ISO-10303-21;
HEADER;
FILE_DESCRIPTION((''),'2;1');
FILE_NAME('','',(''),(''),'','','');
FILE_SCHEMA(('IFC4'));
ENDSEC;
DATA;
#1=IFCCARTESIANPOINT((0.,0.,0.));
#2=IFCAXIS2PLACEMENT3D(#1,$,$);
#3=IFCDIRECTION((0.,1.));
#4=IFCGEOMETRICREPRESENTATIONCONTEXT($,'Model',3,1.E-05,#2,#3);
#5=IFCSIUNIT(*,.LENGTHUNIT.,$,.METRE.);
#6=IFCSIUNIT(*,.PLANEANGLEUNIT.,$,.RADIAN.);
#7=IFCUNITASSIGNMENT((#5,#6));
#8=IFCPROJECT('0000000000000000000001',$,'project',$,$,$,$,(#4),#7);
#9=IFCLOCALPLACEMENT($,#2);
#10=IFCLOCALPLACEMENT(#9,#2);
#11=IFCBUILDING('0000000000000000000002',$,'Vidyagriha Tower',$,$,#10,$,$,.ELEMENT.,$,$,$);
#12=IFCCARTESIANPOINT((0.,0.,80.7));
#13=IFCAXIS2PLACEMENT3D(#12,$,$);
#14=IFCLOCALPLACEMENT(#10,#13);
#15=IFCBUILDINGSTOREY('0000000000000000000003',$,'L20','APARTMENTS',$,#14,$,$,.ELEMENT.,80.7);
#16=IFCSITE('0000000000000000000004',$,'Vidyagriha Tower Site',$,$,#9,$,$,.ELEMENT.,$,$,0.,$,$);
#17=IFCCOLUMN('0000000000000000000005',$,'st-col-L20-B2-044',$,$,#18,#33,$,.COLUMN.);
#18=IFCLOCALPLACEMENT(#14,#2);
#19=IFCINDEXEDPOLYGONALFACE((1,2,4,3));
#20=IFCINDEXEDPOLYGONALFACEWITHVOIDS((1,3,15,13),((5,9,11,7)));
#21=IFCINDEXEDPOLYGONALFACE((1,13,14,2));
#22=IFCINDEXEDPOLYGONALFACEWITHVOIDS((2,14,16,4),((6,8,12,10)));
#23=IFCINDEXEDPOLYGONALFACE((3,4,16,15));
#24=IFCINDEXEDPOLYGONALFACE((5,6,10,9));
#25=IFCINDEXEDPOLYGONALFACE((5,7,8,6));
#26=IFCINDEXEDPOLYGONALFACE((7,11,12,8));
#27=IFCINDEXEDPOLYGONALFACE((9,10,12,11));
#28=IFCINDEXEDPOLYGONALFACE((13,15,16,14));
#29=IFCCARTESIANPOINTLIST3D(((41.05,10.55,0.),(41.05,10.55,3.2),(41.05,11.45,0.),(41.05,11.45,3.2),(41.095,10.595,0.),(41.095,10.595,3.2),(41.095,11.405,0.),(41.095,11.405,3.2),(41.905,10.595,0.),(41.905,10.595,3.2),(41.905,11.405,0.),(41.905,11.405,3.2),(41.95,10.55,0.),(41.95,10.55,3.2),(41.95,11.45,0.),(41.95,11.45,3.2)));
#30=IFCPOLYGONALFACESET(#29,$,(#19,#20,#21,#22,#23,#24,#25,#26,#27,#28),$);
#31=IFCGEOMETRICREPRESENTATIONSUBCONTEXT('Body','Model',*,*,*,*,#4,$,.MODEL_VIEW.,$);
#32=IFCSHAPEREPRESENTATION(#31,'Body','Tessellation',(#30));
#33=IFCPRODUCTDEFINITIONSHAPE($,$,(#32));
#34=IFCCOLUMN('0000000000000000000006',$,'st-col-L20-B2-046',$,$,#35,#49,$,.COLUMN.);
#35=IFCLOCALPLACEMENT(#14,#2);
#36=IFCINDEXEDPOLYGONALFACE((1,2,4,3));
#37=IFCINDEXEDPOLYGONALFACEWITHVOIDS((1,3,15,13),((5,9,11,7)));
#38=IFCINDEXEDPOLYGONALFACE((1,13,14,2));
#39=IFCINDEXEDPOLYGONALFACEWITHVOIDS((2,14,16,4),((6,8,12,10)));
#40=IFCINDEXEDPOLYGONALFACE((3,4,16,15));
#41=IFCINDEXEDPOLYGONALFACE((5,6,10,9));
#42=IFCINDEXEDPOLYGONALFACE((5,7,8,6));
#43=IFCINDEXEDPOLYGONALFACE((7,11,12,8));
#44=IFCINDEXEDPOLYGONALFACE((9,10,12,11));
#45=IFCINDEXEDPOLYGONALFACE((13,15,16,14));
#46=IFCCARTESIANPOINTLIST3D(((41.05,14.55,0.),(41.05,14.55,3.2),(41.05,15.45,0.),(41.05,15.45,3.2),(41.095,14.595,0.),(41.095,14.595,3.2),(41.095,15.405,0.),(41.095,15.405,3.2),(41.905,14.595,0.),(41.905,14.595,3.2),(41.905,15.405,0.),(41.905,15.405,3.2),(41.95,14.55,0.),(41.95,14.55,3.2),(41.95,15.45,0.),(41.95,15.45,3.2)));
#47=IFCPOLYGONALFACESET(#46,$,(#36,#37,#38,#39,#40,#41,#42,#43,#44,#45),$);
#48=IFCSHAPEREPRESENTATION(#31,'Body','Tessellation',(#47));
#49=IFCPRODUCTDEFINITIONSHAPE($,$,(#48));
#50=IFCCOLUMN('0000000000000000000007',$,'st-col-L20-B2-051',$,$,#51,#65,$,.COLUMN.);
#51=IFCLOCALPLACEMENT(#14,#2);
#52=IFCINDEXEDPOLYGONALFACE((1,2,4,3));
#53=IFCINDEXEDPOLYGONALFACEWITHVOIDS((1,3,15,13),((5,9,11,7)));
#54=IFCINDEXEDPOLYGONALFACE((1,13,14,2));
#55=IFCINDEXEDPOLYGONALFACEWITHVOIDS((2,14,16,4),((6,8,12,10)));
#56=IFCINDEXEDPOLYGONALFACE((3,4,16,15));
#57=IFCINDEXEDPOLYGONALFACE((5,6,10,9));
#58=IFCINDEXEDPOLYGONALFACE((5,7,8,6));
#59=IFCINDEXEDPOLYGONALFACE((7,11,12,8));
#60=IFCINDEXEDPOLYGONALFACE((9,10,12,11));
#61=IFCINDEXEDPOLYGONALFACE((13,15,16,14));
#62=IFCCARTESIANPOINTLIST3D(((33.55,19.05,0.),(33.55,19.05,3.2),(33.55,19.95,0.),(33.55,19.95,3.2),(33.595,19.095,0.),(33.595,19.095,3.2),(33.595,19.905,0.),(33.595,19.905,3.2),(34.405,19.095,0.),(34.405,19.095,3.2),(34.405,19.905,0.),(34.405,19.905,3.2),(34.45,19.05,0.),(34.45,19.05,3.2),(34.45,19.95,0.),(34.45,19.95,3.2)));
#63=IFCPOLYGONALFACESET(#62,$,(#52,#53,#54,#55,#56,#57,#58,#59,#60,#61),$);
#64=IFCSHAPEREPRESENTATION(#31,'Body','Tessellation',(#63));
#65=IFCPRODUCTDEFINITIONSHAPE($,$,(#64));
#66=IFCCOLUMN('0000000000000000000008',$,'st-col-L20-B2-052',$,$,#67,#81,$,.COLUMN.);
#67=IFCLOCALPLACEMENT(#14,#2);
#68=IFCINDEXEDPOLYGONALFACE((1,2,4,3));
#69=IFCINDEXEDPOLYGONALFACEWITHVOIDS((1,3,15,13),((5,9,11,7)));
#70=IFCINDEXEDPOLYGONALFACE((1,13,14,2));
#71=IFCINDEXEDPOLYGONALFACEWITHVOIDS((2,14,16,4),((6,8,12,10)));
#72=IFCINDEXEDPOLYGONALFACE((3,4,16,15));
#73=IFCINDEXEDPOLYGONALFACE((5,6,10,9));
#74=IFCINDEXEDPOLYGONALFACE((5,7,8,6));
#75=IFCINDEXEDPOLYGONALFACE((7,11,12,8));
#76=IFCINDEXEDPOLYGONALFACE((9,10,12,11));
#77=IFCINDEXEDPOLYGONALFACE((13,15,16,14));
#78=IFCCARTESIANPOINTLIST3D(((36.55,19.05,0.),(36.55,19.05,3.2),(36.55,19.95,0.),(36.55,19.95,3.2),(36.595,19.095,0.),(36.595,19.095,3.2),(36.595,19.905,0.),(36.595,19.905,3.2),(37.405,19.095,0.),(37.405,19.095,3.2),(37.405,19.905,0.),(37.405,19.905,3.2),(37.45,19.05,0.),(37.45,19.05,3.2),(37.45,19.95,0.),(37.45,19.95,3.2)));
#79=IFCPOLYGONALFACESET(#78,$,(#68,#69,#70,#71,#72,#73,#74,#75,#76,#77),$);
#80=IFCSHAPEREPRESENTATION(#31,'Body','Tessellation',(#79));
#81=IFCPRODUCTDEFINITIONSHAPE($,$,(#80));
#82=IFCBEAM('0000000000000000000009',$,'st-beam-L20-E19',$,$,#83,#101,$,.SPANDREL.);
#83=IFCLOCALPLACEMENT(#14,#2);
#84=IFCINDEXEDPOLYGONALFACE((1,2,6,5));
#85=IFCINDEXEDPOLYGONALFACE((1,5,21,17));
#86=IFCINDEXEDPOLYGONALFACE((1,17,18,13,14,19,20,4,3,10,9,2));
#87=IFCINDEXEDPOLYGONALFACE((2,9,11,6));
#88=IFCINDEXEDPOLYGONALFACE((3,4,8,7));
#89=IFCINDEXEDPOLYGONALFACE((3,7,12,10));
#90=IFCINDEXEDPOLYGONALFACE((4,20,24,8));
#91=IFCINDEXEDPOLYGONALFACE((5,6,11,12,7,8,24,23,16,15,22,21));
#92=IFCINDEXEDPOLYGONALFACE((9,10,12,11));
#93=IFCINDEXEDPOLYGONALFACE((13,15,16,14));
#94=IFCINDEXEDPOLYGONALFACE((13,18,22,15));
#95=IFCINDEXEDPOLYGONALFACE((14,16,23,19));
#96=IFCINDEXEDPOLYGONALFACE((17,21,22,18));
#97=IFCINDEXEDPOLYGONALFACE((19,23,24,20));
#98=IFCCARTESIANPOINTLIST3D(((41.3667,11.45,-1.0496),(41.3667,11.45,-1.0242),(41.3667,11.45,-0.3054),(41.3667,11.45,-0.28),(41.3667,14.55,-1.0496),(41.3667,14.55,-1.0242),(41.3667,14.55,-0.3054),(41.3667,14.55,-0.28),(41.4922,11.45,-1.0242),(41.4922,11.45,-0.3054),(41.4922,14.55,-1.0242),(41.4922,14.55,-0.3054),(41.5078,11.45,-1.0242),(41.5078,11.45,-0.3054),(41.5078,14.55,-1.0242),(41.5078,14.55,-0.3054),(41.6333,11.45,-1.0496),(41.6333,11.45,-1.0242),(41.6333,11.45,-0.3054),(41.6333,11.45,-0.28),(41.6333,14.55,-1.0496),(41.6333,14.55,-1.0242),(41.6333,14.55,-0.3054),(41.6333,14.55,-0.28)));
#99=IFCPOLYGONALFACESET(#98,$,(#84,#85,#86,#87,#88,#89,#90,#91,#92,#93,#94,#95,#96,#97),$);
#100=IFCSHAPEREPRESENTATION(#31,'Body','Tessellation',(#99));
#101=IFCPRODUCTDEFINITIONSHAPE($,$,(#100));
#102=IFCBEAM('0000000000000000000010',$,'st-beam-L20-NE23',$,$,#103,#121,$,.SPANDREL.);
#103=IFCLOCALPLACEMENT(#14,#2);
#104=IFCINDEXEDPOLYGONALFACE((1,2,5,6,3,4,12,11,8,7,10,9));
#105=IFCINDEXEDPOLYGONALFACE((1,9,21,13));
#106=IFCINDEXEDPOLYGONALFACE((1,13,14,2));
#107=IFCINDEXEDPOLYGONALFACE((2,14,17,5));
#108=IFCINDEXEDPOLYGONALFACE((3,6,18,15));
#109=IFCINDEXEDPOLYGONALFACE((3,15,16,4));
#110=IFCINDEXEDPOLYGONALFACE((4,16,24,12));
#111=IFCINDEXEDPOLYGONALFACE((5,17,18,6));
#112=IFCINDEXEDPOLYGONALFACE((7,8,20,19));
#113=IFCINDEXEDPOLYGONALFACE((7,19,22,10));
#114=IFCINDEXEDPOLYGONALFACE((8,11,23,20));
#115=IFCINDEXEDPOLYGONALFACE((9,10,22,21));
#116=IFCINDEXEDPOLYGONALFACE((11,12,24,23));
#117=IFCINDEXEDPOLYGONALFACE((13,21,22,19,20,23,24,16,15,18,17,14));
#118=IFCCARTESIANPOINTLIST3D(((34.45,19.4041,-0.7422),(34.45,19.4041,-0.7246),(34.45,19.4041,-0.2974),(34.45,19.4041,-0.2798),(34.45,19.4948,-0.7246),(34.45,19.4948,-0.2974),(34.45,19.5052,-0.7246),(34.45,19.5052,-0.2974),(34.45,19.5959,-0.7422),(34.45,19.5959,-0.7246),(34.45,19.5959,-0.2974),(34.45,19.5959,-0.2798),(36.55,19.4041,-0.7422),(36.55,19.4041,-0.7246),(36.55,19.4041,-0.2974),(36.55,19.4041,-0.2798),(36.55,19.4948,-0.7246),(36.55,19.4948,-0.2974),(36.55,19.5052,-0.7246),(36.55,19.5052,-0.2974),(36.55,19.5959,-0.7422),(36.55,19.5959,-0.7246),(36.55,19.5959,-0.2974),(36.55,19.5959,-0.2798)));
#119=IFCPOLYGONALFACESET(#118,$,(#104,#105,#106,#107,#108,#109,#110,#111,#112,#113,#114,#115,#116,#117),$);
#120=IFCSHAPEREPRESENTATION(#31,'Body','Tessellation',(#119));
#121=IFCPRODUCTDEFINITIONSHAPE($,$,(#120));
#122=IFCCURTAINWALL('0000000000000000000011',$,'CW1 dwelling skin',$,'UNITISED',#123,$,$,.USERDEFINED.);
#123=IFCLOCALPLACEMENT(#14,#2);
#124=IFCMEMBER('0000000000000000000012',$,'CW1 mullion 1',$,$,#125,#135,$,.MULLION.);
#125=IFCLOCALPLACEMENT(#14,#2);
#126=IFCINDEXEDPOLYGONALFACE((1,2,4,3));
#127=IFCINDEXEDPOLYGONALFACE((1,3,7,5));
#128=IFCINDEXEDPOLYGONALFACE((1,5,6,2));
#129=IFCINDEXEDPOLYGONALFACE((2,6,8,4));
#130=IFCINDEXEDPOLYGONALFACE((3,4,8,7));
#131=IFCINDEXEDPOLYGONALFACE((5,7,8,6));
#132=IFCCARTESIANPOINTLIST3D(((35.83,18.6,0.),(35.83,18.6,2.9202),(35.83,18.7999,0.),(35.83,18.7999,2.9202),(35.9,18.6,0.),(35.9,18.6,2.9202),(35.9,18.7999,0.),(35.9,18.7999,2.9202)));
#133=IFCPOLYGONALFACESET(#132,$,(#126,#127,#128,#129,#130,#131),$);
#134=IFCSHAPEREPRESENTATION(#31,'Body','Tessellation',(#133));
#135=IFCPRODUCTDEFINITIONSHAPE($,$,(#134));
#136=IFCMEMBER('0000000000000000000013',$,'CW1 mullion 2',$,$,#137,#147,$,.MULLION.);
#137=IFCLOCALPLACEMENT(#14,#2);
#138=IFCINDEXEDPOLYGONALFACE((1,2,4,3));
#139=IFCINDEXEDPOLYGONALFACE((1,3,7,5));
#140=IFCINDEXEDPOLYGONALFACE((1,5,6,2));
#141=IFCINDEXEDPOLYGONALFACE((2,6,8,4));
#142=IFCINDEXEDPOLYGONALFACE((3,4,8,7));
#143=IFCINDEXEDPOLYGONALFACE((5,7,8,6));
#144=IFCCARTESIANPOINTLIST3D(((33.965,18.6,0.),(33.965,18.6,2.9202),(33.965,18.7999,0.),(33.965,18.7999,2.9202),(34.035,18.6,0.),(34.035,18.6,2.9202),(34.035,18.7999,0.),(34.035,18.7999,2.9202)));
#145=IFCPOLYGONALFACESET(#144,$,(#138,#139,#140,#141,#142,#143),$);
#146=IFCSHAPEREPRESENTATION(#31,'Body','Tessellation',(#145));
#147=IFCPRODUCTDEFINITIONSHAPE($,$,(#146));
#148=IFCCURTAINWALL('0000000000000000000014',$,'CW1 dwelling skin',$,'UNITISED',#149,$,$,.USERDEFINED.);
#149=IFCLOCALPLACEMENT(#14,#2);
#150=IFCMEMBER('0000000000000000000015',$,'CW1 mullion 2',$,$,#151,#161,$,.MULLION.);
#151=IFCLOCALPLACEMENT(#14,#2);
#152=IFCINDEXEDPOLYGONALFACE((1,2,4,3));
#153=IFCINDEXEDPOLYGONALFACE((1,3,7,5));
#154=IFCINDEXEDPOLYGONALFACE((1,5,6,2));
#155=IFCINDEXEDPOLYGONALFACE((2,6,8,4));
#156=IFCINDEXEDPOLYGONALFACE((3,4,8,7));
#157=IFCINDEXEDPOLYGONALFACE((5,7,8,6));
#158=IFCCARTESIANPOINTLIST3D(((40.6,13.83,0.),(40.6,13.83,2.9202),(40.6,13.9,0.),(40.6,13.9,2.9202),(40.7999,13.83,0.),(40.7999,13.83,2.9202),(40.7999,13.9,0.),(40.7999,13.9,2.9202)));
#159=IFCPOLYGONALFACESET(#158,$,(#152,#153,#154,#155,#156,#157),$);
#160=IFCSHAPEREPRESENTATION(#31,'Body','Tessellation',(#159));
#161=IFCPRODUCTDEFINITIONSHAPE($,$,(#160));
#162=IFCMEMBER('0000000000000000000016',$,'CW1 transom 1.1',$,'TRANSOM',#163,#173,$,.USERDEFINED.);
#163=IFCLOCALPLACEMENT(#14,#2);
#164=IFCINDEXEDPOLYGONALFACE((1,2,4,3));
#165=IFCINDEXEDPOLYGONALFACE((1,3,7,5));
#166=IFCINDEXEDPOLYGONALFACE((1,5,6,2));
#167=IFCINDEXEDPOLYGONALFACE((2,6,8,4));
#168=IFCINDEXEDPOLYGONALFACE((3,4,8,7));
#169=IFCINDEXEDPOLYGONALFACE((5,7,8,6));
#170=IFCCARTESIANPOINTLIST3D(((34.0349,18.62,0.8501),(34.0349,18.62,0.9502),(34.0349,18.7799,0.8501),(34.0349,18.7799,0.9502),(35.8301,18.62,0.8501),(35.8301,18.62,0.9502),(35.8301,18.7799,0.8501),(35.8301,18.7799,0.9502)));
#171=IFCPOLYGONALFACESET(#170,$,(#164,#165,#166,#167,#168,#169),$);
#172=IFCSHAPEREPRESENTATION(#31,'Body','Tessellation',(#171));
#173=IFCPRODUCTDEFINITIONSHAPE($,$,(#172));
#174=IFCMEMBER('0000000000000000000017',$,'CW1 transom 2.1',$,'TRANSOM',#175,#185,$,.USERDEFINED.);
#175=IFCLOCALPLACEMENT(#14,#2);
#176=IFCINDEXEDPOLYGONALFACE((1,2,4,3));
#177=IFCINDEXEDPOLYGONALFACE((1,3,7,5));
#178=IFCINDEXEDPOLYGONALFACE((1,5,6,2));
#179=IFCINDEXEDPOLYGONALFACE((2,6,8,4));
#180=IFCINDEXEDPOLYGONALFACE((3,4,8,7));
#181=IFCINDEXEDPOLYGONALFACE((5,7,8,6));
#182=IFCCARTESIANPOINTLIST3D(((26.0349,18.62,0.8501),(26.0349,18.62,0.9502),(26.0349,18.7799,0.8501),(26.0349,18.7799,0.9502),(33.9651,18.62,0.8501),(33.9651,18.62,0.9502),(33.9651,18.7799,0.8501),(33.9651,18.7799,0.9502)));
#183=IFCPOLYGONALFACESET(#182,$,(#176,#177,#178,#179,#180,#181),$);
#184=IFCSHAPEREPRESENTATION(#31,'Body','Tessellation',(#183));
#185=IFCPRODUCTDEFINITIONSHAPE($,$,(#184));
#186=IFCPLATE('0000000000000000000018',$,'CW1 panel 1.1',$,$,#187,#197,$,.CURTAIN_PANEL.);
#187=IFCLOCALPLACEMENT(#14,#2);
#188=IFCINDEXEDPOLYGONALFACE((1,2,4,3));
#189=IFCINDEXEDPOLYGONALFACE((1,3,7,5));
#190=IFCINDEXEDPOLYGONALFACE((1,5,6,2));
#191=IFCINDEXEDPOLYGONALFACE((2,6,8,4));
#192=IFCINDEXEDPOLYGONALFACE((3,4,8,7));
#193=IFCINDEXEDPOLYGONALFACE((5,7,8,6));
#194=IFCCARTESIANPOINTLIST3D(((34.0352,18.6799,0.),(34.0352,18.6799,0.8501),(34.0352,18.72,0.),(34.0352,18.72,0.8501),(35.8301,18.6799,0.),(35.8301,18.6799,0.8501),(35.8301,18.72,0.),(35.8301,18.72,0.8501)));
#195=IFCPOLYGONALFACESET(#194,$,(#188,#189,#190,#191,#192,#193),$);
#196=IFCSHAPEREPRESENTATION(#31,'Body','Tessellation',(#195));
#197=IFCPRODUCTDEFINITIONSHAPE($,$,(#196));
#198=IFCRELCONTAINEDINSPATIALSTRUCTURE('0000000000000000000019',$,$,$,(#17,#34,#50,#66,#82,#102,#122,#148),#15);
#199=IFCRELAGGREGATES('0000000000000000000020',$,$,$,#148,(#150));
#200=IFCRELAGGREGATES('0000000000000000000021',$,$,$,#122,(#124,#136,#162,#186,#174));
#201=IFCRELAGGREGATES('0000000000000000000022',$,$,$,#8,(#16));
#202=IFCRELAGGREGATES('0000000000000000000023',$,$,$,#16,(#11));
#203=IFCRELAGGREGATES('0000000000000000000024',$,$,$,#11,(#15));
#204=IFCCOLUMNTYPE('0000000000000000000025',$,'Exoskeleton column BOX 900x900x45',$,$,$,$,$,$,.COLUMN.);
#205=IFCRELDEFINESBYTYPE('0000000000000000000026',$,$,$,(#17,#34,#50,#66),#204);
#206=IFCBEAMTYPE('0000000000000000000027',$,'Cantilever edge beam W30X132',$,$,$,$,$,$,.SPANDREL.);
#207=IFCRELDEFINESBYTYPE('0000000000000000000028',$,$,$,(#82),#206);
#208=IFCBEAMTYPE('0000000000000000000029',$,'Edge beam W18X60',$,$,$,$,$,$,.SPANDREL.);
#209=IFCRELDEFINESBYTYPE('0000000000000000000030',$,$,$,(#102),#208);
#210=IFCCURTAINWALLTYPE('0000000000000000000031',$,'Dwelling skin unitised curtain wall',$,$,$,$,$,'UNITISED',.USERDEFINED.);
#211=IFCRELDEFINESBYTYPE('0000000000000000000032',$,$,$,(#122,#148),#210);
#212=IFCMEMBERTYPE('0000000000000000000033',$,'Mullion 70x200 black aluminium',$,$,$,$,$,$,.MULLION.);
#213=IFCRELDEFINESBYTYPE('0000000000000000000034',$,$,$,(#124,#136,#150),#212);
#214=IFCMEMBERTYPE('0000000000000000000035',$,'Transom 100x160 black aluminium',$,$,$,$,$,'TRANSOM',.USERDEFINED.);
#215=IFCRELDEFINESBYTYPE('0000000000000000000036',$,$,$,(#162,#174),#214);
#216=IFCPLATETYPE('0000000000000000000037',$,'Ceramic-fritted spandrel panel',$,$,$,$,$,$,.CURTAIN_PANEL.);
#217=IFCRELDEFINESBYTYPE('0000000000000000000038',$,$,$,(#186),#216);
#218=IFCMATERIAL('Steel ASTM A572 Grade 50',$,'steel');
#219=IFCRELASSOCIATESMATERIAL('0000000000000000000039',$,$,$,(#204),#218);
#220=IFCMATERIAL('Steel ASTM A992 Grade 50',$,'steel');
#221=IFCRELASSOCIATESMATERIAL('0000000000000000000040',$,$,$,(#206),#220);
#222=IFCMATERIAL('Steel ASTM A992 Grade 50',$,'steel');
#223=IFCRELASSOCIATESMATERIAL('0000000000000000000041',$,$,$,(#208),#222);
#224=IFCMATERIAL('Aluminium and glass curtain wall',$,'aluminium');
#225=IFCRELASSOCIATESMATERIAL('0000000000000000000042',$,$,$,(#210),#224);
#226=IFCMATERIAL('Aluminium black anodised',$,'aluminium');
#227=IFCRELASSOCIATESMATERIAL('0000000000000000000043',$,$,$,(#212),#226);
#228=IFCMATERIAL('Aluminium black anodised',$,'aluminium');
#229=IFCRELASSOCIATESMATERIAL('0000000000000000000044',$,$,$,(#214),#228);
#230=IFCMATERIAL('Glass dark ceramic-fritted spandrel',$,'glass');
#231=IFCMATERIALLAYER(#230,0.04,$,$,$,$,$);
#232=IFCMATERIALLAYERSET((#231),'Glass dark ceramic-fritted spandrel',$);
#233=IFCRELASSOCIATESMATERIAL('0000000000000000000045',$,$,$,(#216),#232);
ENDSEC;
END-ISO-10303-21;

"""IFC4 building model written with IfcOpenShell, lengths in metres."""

from ifc_helpers import new_model, si_unit, direction, frame, origin, origin_2d, place, context, subcontext, project, spatial, rectangle, hollow_rectangle, i_section, extrude, material, layer, layer_set, material_profile, profile_set, type_object, element, aggregate, save


model = new_model("IFC4")

# Units and contexts
model_context = context("Model", 3, precision=1e-05, world=origin(), true_north=direction((0.0, 1.0)))
body_context = subcontext(model_context, "Body", "Model", "MODEL_VIEW")
ifc_project = project(units=[si_unit("LENGTHUNIT", "METRE"), si_unit("PLANEANGLEUNIT", "RADIAN")], contexts=[model_context])

# Site, building, storey
site_placement = place(None, origin())
site = spatial("IfcSite", under=ifc_project, at=site_placement, Name="Vidyagriha Tower Site", CompositionType="ELEMENT", RefElevation=0.0)
building_placement = place(site_placement, origin())
building = spatial("IfcBuilding", under=site, at=building_placement, Name="Vidyagriha Tower", CompositionType="ELEMENT")
storey_placement = place(building_placement, frame((0.0, 0.0, 80.7)))
storey = spatial("IfcBuildingStorey", under=building, at=storey_placement, Name="L20", Description="APARTMENTS", CompositionType="ELEMENT", Elevation=80.7)

# Columns
ifc_material_1 = material(Name="Steel ASTM A572 Grade 50", Category="steel")
ifc_material_profile_1 = material_profile(ifc_material_1, hollow_rectangle(XDim=0.8999, YDim=0.8999, WallThickness=0.0449, at=origin_2d()), Name="BOX 900x900x45")
ifc_profile_set_1 = profile_set([ifc_material_profile_1], Name="Steel ASTM A572 Grade 50")
column_type = type_object("IfcColumnType", Name="Exoskeleton column BOX 900x900x45", PredefinedType="COLUMN", material=ifc_profile_set_1)
for number, where, name in (
    (1, (41.5, 11.0, 0.0), "st-col-L20-B2-044"),
    (2, (41.5, 15.0, 0.0), "st-col-L20-B2-046"),
    (3, (34.0, 19.5, 0.0), "st-col-L20-B2-051"),
    (4, (37.0, 19.5, 0.0), "st-col-L20-B2-052"),
):
    element("IfcColumn", number, at=place(storey_placement, frame(where)), inside=storey, type_object=column_type, Name=name, PredefinedType="COLUMN", context=body_context, shape_type="SweptSolid", body=[
        extrude(hollow_rectangle(XDim=0.8999, YDim=0.8999, WallThickness=0.0449, at=origin_2d()), origin(), (0.0, 0.0, 1.0), 3.2),
    ])

# Beams
ifc_material_2 = material(Name="Steel ASTM A992 Grade 50", Category="steel")
ifc_material_profile_2 = material_profile(ifc_material_2, i_section(OverallWidth=0.2666, OverallDepth=0.7695, WebThickness=0.0156, FlangeThickness=0.0254, at=origin_2d()), Name="W30X132")
ifc_profile_set_2 = profile_set([ifc_material_profile_2], Name="Steel ASTM A992 Grade 50")
beam_type_1 = type_object("IfcBeamType", Name="Cantilever edge beam W30X132", PredefinedType="SPANDREL", material=ifc_profile_set_2)
beam_1_placement = place(storey_placement, frame((41.5, 11.45, -0.6648), z_axis=(0.0, 1.0, 0.0), x_axis=(-1.0, 0.0, 0.0)))
element("IfcBeam", 5, at=beam_1_placement, inside=storey, type_object=beam_type_1, Name="st-beam-L20-E19", PredefinedType="SPANDREL", context=body_context, shape_type="SweptSolid", body=[
    extrude(i_section(OverallWidth=0.2666, OverallDepth=0.7695, WebThickness=0.0156, FlangeThickness=0.0254, at=origin_2d()), origin(), (0.0, 0.0, 1.0), 3.1001),
])
ifc_material_3 = material(Name="Steel ASTM A992 Grade 50", Category="steel")
ifc_material_profile_3 = material_profile(ifc_material_3, i_section(OverallWidth=0.1919, OverallDepth=0.4624, WebThickness=0.0105, FlangeThickness=0.0176, at=origin_2d()), Name="W18X60")
ifc_profile_set_3 = profile_set([ifc_material_profile_3], Name="Steel ASTM A992 Grade 50")
beam_type_2 = type_object("IfcBeamType", Name="Edge beam W18X60", PredefinedType="SPANDREL", material=ifc_profile_set_3)
beam_2_placement = place(storey_placement, frame((34.45, 19.5, -0.511), z_axis=(1.0, 0.0, 0.0), x_axis=(0.0, 1.0, 0.0)))
element("IfcBeam", 6, at=beam_2_placement, inside=storey, type_object=beam_type_2, Name="st-beam-L20-NE23", PredefinedType="SPANDREL", context=body_context, shape_type="SweptSolid", body=[
    extrude(i_section(OverallWidth=0.1919, OverallDepth=0.4624, WebThickness=0.0105, FlangeThickness=0.0176, at=origin_2d()), origin(), (0.0, 0.0, 1.0), 2.1001),
])

# Curtain wall, members
ifc_material_4 = material(Name="Aluminium and glass curtain wall", Category="aluminium")
curtain_wall_type = type_object("IfcCurtainWallType", Name="Dwelling skin unitised curtain wall", ElementType="UNITISED", PredefinedType="USERDEFINED", material=ifc_material_4)
curtain_wall_1_placement = place(storey_placement, origin())
curtain_wall_1 = element("IfcCurtainWall", 7, at=curtain_wall_1_placement, inside=storey, type_object=curtain_wall_type, Name="CW1 dwelling skin", ObjectType="UNITISED", PredefinedType="USERDEFINED")
ifc_material_5 = material(Name="Aluminium black anodised", Category="aluminium")
ifc_material_profile_4 = material_profile(ifc_material_5, rectangle(XDim=0.2, YDim=0.0701, at=origin_2d()), Name="Mullion 70x200 black aluminium")
ifc_profile_set_4 = profile_set([ifc_material_profile_4], Name="Aluminium black anodised")
member_type_1 = type_object("IfcMemberType", Name="Mullion 70x200 black aluminium", PredefinedType="MULLION", material=ifc_profile_set_4)
member_1_placement = place(storey_placement, frame((35.865, 18.7, 0.0), z_axis=(0.0, 0.0, 1.0), x_axis=(0.0, -1.0, 0.0)))
member_1 = element("IfcMember", 8, at=member_1_placement, type_object=member_type_1, Name="CW1 mullion 1", PredefinedType="MULLION", context=body_context, shape_type="SweptSolid", body=[
    extrude(rectangle(XDim=0.2, YDim=0.0701, at=origin_2d()), origin(), (0.0, 0.0, 1.0), 2.9202),
])
member_2_placement = place(storey_placement, frame((34.0, 18.7, 0.0), z_axis=(0.0, 0.0, 1.0), x_axis=(0.0, -1.0, 0.0)))
member_2 = element("IfcMember", 9, at=member_2_placement, type_object=member_type_1, Name="CW1 mullion 2", PredefinedType="MULLION", context=body_context, shape_type="SweptSolid", body=[
    extrude(rectangle(XDim=0.2, YDim=0.0701, at=origin_2d()), origin(), (0.0, 0.0, 1.0), 2.9202),
])

# Curtain wall, member
curtain_wall_2_placement = place(storey_placement, origin())
curtain_wall_2 = element("IfcCurtainWall", 10, at=curtain_wall_2_placement, inside=storey, type_object=curtain_wall_type, Name="CW1 dwelling skin", ObjectType="UNITISED", PredefinedType="USERDEFINED")
member_3_placement = place(storey_placement, frame((40.7, 13.865, 0.0), z_axis=(0.0, 0.0, 1.0), x_axis=(-1.0, 0.0, 0.0)))
member_3 = element("IfcMember", 11, at=member_3_placement, type_object=member_type_1, Name="CW1 mullion 2", PredefinedType="MULLION", context=body_context, shape_type="SweptSolid", body=[
    extrude(rectangle(XDim=0.2, YDim=0.0701, at=origin_2d()), origin(), (0.0, 0.0, 1.0), 2.9202),
])

# Members
ifc_material_6 = material(Name="Aluminium black anodised", Category="aluminium")
ifc_material_profile_5 = material_profile(ifc_material_6, rectangle(XDim=0.1599, YDim=0.1001, at=origin_2d()), Name="Transom 100x160 black aluminium")
ifc_profile_set_5 = profile_set([ifc_material_profile_5], Name="Aluminium black anodised")
member_type_2 = type_object("IfcMemberType", Name="Transom 100x160 black aluminium", ElementType="TRANSOM", PredefinedType="USERDEFINED", material=ifc_profile_set_5)
member_4_placement = place(storey_placement, frame((35.8301, 18.7, 0.9001), z_axis=(-1.0, 0.0, 0.0), x_axis=(0.0, -1.0, 0.0)))
member_4 = element("IfcMember", 12, at=member_4_placement, type_object=member_type_2, Name="CW1 transom 1.1", ObjectType="TRANSOM", PredefinedType="USERDEFINED", context=body_context, shape_type="SweptSolid", body=[
    extrude(rectangle(XDim=0.1599, YDim=0.1001, at=origin_2d()), origin(), (0.0, 0.0, 1.0), 1.7952),
])
member_5_placement = place(storey_placement, frame((33.9651, 18.7, 0.9001), z_axis=(-1.0, 0.0, 0.0), x_axis=(0.0, -1.0, 0.0)))
member_5 = element("IfcMember", 13, at=member_5_placement, type_object=member_type_2, Name="CW1 transom 2.1", ObjectType="TRANSOM", PredefinedType="USERDEFINED", context=body_context, shape_type="SweptSolid", body=[
    extrude(rectangle(XDim=0.1599, YDim=0.1001, at=origin_2d()), origin(), (0.0, 0.0, 1.0), 7.9302),
])

# Plate
ifc_material_7 = material(Name="Glass dark ceramic-fritted spandrel", Category="glass")
ifc_layer_1 = layer(ifc_material_7, 0.04)
ifc_layer_set_1 = layer_set([ifc_layer_1], Name="Glass dark ceramic-fritted spandrel")
plate_type_1 = type_object("IfcPlateType", Name="Ceramic-fritted spandrel panel", PredefinedType="CURTAIN_PANEL", material=ifc_layer_set_1)
plate_1_placement = place(storey_placement, frame((34.9326, 18.7, 0.0), z_axis=(0.0, 0.0, 1.0), x_axis=(-1.0, 0.0, 0.0)))
plate_1 = element("IfcPlate", 14, at=plate_1_placement, type_object=plate_type_1, Name="CW1 panel 1.1", PredefinedType="CURTAIN_PANEL", context=body_context, shape_type="SweptSolid", body=[
    extrude(rectangle(XDim=1.7949, YDim=0.04, at=origin_2d()), origin(), (0.0, 0.0, 1.0), 0.8501),
])
aggregate(curtain_wall_2, [member_3])
aggregate(curtain_wall_1, [member_1, member_2, member_4, plate_1, member_5])

save(model, "model.ifc")
